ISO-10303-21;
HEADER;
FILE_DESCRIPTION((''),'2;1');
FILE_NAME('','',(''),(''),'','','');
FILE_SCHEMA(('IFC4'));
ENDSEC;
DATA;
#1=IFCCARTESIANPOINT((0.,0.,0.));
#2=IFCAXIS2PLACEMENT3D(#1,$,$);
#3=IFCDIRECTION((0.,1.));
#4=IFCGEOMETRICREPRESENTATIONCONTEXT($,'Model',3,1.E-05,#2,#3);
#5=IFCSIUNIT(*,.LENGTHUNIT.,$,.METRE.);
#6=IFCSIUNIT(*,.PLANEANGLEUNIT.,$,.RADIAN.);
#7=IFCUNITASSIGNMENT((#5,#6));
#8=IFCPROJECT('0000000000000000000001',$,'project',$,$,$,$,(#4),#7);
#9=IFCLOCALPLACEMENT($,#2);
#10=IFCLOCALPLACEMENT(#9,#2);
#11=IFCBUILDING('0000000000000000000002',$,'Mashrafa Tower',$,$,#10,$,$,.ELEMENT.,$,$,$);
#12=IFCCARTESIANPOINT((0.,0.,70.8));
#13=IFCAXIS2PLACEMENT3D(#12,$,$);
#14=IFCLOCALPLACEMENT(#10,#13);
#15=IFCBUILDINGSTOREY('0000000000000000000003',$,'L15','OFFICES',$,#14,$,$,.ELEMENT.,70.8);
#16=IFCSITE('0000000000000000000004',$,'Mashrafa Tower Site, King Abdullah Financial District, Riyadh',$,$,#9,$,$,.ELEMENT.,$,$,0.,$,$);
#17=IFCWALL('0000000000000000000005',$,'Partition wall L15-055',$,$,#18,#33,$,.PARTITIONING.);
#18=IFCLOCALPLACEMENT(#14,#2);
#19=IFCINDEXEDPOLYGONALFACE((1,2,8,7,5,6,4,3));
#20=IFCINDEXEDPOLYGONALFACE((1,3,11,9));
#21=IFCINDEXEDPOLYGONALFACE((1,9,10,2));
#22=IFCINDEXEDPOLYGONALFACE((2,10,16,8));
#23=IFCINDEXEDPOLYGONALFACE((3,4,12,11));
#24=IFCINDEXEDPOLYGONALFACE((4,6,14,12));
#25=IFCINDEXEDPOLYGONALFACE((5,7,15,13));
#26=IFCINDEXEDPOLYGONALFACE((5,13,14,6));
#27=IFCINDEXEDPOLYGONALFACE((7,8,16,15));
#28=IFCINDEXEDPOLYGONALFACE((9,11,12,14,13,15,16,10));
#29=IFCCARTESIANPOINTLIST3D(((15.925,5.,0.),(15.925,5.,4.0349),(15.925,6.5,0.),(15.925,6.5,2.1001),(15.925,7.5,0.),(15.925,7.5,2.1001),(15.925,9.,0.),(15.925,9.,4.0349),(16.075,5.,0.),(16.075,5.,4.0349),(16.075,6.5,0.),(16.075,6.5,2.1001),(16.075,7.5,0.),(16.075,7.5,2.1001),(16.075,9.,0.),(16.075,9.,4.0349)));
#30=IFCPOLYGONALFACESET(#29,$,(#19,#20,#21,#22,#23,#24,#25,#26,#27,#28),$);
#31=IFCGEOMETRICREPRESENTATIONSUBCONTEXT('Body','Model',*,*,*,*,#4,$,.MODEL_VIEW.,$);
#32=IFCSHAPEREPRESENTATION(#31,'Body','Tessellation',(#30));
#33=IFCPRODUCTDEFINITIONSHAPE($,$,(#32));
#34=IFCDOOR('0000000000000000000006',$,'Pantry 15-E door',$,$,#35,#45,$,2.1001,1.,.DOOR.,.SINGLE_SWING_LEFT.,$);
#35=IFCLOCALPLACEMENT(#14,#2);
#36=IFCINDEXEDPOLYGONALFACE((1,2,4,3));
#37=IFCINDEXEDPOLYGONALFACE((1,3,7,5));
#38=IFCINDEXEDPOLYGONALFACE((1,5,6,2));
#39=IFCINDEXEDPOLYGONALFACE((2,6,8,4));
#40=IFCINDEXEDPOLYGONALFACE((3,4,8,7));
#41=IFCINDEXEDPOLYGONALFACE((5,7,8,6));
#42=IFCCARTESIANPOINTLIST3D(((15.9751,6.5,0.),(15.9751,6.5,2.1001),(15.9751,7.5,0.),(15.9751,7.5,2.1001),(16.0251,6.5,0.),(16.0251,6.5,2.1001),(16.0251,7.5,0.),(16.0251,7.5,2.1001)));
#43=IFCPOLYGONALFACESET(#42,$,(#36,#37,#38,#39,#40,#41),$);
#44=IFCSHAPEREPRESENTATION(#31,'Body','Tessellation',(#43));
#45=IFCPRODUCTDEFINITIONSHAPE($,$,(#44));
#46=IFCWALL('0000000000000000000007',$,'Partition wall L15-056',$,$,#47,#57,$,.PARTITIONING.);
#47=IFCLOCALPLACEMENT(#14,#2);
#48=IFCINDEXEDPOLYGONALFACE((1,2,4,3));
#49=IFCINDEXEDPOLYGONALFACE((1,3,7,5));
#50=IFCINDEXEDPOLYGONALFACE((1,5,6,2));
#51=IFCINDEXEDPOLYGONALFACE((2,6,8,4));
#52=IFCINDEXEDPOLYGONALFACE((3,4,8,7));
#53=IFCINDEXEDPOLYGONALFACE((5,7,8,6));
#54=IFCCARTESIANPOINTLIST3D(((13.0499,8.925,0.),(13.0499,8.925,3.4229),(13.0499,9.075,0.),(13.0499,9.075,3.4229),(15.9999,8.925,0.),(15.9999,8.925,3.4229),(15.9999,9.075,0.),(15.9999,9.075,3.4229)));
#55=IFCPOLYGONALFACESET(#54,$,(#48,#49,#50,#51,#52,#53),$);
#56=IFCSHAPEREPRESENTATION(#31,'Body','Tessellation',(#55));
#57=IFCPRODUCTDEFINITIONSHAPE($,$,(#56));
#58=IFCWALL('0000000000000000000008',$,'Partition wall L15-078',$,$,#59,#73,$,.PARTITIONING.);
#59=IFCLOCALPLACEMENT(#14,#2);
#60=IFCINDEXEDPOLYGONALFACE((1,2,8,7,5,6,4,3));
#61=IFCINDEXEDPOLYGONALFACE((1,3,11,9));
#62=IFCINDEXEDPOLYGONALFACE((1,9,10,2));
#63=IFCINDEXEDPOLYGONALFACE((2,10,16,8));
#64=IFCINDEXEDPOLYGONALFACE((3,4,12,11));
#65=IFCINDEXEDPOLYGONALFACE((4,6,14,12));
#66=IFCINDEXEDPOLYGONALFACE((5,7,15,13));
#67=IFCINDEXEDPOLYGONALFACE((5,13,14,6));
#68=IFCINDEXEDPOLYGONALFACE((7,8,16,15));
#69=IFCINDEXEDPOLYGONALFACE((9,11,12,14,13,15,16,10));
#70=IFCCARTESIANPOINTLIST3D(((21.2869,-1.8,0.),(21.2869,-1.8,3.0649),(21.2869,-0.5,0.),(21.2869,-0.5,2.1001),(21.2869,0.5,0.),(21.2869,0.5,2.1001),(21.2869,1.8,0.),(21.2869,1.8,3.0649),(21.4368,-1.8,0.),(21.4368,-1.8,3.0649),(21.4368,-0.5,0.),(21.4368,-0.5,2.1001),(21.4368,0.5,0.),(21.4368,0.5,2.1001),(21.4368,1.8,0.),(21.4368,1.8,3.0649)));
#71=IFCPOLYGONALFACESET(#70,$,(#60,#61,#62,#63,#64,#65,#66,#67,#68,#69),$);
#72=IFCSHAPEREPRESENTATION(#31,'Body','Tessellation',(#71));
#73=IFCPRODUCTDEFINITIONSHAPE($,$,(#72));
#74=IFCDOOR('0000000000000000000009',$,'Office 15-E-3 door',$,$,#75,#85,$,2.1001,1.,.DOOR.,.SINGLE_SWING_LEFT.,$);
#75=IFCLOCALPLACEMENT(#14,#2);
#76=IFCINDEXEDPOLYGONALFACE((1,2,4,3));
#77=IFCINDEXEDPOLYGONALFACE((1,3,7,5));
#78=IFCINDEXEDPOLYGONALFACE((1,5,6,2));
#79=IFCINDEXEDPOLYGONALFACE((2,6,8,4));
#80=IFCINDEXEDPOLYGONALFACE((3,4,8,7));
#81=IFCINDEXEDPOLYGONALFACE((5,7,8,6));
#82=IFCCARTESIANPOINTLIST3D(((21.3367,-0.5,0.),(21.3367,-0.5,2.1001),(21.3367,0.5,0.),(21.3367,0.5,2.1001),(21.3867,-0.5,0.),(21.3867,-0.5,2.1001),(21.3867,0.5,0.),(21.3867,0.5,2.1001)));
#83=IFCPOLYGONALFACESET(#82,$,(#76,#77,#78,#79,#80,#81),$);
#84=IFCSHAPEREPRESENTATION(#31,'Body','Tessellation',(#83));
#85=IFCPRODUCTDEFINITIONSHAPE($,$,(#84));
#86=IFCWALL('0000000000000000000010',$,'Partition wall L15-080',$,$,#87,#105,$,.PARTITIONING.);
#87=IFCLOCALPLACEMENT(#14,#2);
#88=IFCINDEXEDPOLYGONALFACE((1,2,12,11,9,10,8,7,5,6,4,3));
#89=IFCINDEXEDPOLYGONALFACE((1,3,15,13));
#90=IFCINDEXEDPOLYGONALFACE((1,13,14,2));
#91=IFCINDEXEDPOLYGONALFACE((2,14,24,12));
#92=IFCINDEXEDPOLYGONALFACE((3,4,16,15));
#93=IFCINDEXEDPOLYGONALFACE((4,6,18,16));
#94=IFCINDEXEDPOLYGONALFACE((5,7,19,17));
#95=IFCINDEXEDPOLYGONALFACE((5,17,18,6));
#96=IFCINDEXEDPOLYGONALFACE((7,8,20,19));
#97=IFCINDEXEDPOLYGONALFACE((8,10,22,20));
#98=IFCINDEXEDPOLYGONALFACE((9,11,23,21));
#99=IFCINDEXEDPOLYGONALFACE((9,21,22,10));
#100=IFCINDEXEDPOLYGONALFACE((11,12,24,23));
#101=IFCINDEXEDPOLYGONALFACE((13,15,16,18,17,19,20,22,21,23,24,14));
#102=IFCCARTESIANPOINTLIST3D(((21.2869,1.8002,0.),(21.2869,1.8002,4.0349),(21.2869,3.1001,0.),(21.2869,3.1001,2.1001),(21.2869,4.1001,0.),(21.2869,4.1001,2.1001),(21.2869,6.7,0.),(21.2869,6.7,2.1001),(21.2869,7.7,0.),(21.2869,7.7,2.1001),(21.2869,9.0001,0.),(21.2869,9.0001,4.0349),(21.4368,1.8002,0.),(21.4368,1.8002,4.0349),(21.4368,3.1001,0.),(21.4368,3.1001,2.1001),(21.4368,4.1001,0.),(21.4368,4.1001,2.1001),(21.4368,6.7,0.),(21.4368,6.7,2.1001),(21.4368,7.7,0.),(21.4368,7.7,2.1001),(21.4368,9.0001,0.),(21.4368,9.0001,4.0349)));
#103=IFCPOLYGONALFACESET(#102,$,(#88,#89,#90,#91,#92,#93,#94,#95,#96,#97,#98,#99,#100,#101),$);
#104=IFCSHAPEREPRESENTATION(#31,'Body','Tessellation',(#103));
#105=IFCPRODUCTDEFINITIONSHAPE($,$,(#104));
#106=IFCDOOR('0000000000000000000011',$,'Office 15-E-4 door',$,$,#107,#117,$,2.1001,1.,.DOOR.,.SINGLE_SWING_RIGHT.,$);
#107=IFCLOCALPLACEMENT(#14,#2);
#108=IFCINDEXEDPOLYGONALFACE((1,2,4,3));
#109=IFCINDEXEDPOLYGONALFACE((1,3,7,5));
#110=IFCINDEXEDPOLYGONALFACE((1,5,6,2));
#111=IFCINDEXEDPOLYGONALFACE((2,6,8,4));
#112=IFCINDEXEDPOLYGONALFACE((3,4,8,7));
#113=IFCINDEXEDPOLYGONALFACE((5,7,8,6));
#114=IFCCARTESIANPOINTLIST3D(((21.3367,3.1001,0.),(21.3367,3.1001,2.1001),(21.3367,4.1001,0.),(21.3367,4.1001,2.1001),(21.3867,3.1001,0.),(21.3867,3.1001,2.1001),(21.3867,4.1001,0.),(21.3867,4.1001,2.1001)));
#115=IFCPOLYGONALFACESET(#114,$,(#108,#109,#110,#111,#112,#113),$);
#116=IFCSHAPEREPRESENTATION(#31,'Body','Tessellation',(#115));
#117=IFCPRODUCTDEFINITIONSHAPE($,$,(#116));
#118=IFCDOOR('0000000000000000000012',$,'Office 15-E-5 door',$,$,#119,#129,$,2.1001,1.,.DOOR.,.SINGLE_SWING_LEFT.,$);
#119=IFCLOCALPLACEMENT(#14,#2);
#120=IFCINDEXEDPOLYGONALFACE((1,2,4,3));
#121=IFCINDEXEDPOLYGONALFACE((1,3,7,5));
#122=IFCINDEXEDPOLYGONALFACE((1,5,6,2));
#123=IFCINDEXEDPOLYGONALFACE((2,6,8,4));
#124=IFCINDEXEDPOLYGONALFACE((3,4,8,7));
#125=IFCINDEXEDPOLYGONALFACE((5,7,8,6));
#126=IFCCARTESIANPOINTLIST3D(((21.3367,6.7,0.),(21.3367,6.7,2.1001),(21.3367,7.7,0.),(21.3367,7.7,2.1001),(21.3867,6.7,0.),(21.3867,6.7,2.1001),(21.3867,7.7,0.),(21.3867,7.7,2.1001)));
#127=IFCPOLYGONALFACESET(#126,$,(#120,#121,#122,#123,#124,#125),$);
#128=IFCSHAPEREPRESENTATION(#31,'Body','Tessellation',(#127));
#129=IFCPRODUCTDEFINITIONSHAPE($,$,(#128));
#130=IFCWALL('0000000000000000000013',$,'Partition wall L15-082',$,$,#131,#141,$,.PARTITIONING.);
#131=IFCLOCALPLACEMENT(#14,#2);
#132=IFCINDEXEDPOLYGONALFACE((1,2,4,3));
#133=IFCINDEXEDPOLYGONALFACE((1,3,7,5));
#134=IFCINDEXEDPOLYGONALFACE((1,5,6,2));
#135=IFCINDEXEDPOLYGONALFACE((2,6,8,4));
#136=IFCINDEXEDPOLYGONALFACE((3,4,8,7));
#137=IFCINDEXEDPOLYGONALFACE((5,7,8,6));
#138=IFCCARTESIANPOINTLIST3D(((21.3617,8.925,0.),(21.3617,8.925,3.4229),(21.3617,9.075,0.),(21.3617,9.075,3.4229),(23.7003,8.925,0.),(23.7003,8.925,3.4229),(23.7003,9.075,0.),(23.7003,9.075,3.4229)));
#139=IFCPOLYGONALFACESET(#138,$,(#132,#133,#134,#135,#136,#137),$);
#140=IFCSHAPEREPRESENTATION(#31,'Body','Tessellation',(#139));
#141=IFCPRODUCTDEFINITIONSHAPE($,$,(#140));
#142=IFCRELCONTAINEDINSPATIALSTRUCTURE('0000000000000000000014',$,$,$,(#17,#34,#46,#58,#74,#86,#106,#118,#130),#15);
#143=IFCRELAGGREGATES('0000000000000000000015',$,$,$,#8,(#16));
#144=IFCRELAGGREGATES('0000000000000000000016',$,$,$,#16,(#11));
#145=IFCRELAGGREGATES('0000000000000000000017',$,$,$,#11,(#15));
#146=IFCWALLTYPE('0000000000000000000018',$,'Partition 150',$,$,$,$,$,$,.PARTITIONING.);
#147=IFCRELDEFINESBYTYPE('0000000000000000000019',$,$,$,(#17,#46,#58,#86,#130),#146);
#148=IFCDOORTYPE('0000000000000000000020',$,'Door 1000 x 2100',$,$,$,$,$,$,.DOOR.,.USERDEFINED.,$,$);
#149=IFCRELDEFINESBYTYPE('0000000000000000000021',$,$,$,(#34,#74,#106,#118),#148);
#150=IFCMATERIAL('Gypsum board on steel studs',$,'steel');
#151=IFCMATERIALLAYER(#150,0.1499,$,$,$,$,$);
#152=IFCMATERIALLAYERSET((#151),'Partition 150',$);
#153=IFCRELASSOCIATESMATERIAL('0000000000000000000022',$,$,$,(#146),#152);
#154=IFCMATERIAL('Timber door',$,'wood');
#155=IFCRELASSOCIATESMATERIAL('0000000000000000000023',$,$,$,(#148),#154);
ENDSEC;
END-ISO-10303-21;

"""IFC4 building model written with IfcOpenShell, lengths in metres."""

from ifc_helpers import new_model, si_unit, direction, frame, frame_2d, origin, place, context, subcontext, project, spatial, rectangle, extrude, material, layer, layer_set, type_object, element, fill, save


model = new_model("IFC4")

# Units and contexts
model_context = context("Model", 3, precision=1e-05, world=origin(), true_north=direction((0.0, 1.0)))
body_context = subcontext(model_context, "Body", "Model", "MODEL_VIEW")
ifc_project = project(units=[si_unit("LENGTHUNIT", "METRE"), si_unit("PLANEANGLEUNIT", "RADIAN")], contexts=[model_context])

# Site, building, storey
site_placement = place(None, origin())
site = spatial("IfcSite", under=ifc_project, at=site_placement, Name="Mashrafa Tower Site, King Abdullah Financial District, Riyadh", CompositionType="ELEMENT", RefElevation=0.0)
building_placement = place(site_placement, origin())
building = spatial("IfcBuilding", under=site, at=building_placement, Name="Mashrafa Tower", CompositionType="ELEMENT")
storey_placement = place(building_placement, frame((0.0, 0.0, 70.8)))
storey = spatial("IfcBuildingStorey", under=building, at=storey_placement, Name="L15", Description="OFFICES", CompositionType="ELEMENT", Elevation=70.8)

# Shared definitions
ifc_material_1 = material(Name="Gypsum board on steel studs", Category="steel")
ifc_layer_1 = layer(ifc_material_1, 0.1499)
ifc_layer_set_1 = layer_set([ifc_layer_1], Name="Partition 150")
wall_type_1 = type_object("IfcWallType", Name="Partition 150", PredefinedType="PARTITIONING", material=ifc_layer_set_1)

# Wall, opening, door
wall_1_placement = place(storey_placement, frame((16.0, 5.0, 0.0), z_axis=(0.0, 0.0, 1.0), x_axis=(0.0, 1.0, 0.0)))
wall_1 = element("IfcWall", 1, at=wall_1_placement, inside=storey, type_object=wall_type_1, Name="Partition wall L15-055", PredefinedType="PARTITIONING", context=body_context, shape_type="SweptSolid", body=[
    extrude(rectangle(XDim=4.0, YDim=0.1499, at=frame_2d((2.0, 0.0))), origin(), (0.0, 0.0, 1.0), 4.0349),
])
opening_1_placement = place(wall_1_placement, frame((1.5, 0.0, 0.0)))
opening_1 = element("IfcOpeningElement", 2, at=opening_1_placement, cuts=wall_1, PredefinedType="OPENING", context=body_context, shape_type="SweptSolid", body=[
    extrude(rectangle(XDim=1.0, YDim=2.1001, at=frame_2d((0.5, 1.05))), frame((0.0, 0.085, 0.0), z_axis=(0.0, -1.0, 0.0), x_axis=(1.0, 0.0, 0.0)), (0.0, 0.0, 1.0), 0.1699),
])
ifc_material_2 = material(Name="Timber door", Category="wood")
door_type = type_object("IfcDoorType", Name="Door 1000 x 2100", OperationType="USERDEFINED", PredefinedType="DOOR", material=ifc_material_2)
door_1_placement = place(opening_1_placement, origin())
door_1 = element("IfcDoor", 3, at=door_1_placement, inside=storey, type_object=door_type, Name="Pantry 15-E door", OperationType="SINGLE_SWING_LEFT", OverallHeight=2.1001, OverallWidth=1.0, PredefinedType="DOOR", context=body_context, shape_type="SweptSolid", body=[
    extrude(rectangle(XDim=1.0, YDim=2.1001, at=frame_2d((0.5, 1.05))), frame((0.0, 0.0249, 0.0), z_axis=(0.0, -1.0, 0.0), x_axis=(1.0, 0.0, 0.0)), (0.0, 0.0, 1.0), 0.05),
])
fill(opening_1, door_1)

# Wall
wall_2_placement = place(storey_placement, frame((16.0, 9.0, 0.0), z_axis=(0.0, 0.0, 1.0), x_axis=(-1.0, 0.0, 0.0)))
element("IfcWall", 4, at=wall_2_placement, inside=storey, type_object=wall_type_1, Name="Partition wall L15-056", PredefinedType="PARTITIONING", context=body_context, shape_type="SweptSolid", body=[
    extrude(rectangle(XDim=2.95, YDim=0.1499, at=frame_2d((1.4751, 0.0))), origin(), (0.0, 0.0, 1.0), 3.4229),
])

# Wall, opening, door
wall_3_placement = place(storey_placement, frame((21.3618, 1.8, 0.0), z_axis=(0.0, 0.0, 1.0), x_axis=(0.0, -1.0, 0.0)))
wall_3 = element("IfcWall", 5, at=wall_3_placement, inside=storey, type_object=wall_type_1, Name="Partition wall L15-078", PredefinedType="PARTITIONING", context=body_context, shape_type="SweptSolid", body=[
    extrude(rectangle(XDim=3.6001, YDim=0.1499, at=frame_2d((1.8, 0.0))), origin(), (0.0, 0.0, 1.0), 3.0649),
])
opening_2_placement = place(wall_3_placement, frame((1.3, 0.0, 0.0)))
opening_2 = element("IfcOpeningElement", 6, at=opening_2_placement, cuts=wall_3, PredefinedType="OPENING", context=body_context, shape_type="SweptSolid", body=[
    extrude(rectangle(XDim=1.0, YDim=2.1001, at=frame_2d((0.5, 1.05))), frame((0.0, 0.085, 0.0), z_axis=(0.0, -1.0, 0.0), x_axis=(1.0, 0.0, 0.0)), (0.0, 0.0, 1.0), 0.1699),
])
door_2_placement = place(opening_2_placement, origin())
door_2 = element("IfcDoor", 7, at=door_2_placement, inside=storey, type_object=door_type, Name="Office 15-E-3 door", OperationType="SINGLE_SWING_LEFT", OverallHeight=2.1001, OverallWidth=1.0, PredefinedType="DOOR", context=body_context, shape_type="SweptSolid", body=[
    extrude(rectangle(XDim=1.0, YDim=2.1001, at=frame_2d((0.5, 1.05))), frame((0.0, 0.0249, 0.0), z_axis=(0.0, -1.0, 0.0), x_axis=(1.0, 0.0, 0.0)), (0.0, 0.0, 1.0), 0.05),
])
fill(opening_2, door_2)

# Wall, openings, doors
wall_4_placement = place(storey_placement, frame((21.3618, 1.8, 0.0), z_axis=(0.0, 0.0, 1.0), x_axis=(0.0, 1.0, 0.0)))
wall_4 = element("IfcWall", 8, at=wall_4_placement, inside=storey, type_object=wall_type_1, Name="Partition wall L15-080", PredefinedType="PARTITIONING", context=body_context, shape_type="SweptSolid", body=[
    extrude(rectangle(XDim=7.2, YDim=0.1499, at=frame_2d((3.6001, 0.0))), origin(), (0.0, 0.0, 1.0), 4.0349),
])
opening_3_placement = place(wall_4_placement, frame((1.3, 0.0, 0.0)))
opening_3 = element("IfcOpeningElement", 9, at=opening_3_placement, cuts=wall_4, PredefinedType="OPENING", context=body_context, shape_type="SweptSolid", body=[
    extrude(rectangle(XDim=1.0, YDim=2.1001, at=frame_2d((0.5, 1.05))), frame((0.0, 0.085, 0.0), z_axis=(0.0, -1.0, 0.0), x_axis=(1.0, 0.0, 0.0)), (0.0, 0.0, 1.0), 0.1699),
])
opening_4_placement = place(wall_4_placement, frame((4.8999, 0.0, 0.0)))
opening_4 = element("IfcOpeningElement", 10, at=opening_4_placement, cuts=wall_4, PredefinedType="OPENING", context=body_context, shape_type="SweptSolid", body=[
    extrude(rectangle(XDim=1.0, YDim=2.1001, at=frame_2d((0.5, 1.05))), frame((0.0, 0.085, 0.0), z_axis=(0.0, -1.0, 0.0), x_axis=(1.0, 0.0, 0.0)), (0.0, 0.0, 1.0), 0.1699),
])
door_3_placement = place(opening_3_placement, frame((1.0, 0.0, 0.0), z_axis=(0.0, 0.0, 1.0), x_axis=(-1.0, 0.0, 0.0)))
door_3 = element("IfcDoor", 11, at=door_3_placement, inside=storey, type_object=door_type, Name="Office 15-E-4 door", OperationType="SINGLE_SWING_RIGHT", OverallHeight=2.1001, OverallWidth=1.0, PredefinedType="DOOR", context=body_context, shape_type="SweptSolid", body=[
    extrude(rectangle(XDim=1.0, YDim=2.1001, at=frame_2d((0.5, 1.05))), frame((0.0, 0.0249, 0.0), z_axis=(0.0, -1.0, 0.0), x_axis=(1.0, 0.0, 0.0)), (0.0, 0.0, 1.0), 0.05),
])
fill(opening_3, door_3)
door_4_placement = place(opening_4_placement, frame((1.0, 0.0, 0.0), z_axis=(0.0, 0.0, 1.0), x_axis=(-1.0, 0.0, 0.0)))
door_4 = element("IfcDoor", 12, at=door_4_placement, inside=storey, type_object=door_type, Name="Office 15-E-5 door", OperationType="SINGLE_SWING_LEFT", OverallHeight=2.1001, OverallWidth=1.0, PredefinedType="DOOR", context=body_context, shape_type="SweptSolid", body=[
    extrude(rectangle(XDim=1.0, YDim=2.1001, at=frame_2d((0.5, 1.05))), frame((0.0, 0.0249, 0.0), z_axis=(0.0, -1.0, 0.0), x_axis=(1.0, 0.0, 0.0)), (0.0, 0.0, 1.0), 0.05),
])
fill(opening_4, door_4)

# Wall
wall_5_placement = place(storey_placement, frame((23.7004, 9.0, 0.0), z_axis=(0.0, 0.0, 1.0), x_axis=(-1.0, 0.0, 0.0)))
element("IfcWall", 13, at=wall_5_placement, inside=storey, type_object=wall_type_1, Name="Partition wall L15-082", PredefinedType="PARTITIONING", context=body_context, shape_type="SweptSolid", body=[
    extrude(rectangle(XDim=2.3386, YDim=0.1499, at=frame_2d((1.1694, 0.0))), origin(), (0.0, 0.0, 1.0), 3.4229),
])

save(model, "model.ifc")
